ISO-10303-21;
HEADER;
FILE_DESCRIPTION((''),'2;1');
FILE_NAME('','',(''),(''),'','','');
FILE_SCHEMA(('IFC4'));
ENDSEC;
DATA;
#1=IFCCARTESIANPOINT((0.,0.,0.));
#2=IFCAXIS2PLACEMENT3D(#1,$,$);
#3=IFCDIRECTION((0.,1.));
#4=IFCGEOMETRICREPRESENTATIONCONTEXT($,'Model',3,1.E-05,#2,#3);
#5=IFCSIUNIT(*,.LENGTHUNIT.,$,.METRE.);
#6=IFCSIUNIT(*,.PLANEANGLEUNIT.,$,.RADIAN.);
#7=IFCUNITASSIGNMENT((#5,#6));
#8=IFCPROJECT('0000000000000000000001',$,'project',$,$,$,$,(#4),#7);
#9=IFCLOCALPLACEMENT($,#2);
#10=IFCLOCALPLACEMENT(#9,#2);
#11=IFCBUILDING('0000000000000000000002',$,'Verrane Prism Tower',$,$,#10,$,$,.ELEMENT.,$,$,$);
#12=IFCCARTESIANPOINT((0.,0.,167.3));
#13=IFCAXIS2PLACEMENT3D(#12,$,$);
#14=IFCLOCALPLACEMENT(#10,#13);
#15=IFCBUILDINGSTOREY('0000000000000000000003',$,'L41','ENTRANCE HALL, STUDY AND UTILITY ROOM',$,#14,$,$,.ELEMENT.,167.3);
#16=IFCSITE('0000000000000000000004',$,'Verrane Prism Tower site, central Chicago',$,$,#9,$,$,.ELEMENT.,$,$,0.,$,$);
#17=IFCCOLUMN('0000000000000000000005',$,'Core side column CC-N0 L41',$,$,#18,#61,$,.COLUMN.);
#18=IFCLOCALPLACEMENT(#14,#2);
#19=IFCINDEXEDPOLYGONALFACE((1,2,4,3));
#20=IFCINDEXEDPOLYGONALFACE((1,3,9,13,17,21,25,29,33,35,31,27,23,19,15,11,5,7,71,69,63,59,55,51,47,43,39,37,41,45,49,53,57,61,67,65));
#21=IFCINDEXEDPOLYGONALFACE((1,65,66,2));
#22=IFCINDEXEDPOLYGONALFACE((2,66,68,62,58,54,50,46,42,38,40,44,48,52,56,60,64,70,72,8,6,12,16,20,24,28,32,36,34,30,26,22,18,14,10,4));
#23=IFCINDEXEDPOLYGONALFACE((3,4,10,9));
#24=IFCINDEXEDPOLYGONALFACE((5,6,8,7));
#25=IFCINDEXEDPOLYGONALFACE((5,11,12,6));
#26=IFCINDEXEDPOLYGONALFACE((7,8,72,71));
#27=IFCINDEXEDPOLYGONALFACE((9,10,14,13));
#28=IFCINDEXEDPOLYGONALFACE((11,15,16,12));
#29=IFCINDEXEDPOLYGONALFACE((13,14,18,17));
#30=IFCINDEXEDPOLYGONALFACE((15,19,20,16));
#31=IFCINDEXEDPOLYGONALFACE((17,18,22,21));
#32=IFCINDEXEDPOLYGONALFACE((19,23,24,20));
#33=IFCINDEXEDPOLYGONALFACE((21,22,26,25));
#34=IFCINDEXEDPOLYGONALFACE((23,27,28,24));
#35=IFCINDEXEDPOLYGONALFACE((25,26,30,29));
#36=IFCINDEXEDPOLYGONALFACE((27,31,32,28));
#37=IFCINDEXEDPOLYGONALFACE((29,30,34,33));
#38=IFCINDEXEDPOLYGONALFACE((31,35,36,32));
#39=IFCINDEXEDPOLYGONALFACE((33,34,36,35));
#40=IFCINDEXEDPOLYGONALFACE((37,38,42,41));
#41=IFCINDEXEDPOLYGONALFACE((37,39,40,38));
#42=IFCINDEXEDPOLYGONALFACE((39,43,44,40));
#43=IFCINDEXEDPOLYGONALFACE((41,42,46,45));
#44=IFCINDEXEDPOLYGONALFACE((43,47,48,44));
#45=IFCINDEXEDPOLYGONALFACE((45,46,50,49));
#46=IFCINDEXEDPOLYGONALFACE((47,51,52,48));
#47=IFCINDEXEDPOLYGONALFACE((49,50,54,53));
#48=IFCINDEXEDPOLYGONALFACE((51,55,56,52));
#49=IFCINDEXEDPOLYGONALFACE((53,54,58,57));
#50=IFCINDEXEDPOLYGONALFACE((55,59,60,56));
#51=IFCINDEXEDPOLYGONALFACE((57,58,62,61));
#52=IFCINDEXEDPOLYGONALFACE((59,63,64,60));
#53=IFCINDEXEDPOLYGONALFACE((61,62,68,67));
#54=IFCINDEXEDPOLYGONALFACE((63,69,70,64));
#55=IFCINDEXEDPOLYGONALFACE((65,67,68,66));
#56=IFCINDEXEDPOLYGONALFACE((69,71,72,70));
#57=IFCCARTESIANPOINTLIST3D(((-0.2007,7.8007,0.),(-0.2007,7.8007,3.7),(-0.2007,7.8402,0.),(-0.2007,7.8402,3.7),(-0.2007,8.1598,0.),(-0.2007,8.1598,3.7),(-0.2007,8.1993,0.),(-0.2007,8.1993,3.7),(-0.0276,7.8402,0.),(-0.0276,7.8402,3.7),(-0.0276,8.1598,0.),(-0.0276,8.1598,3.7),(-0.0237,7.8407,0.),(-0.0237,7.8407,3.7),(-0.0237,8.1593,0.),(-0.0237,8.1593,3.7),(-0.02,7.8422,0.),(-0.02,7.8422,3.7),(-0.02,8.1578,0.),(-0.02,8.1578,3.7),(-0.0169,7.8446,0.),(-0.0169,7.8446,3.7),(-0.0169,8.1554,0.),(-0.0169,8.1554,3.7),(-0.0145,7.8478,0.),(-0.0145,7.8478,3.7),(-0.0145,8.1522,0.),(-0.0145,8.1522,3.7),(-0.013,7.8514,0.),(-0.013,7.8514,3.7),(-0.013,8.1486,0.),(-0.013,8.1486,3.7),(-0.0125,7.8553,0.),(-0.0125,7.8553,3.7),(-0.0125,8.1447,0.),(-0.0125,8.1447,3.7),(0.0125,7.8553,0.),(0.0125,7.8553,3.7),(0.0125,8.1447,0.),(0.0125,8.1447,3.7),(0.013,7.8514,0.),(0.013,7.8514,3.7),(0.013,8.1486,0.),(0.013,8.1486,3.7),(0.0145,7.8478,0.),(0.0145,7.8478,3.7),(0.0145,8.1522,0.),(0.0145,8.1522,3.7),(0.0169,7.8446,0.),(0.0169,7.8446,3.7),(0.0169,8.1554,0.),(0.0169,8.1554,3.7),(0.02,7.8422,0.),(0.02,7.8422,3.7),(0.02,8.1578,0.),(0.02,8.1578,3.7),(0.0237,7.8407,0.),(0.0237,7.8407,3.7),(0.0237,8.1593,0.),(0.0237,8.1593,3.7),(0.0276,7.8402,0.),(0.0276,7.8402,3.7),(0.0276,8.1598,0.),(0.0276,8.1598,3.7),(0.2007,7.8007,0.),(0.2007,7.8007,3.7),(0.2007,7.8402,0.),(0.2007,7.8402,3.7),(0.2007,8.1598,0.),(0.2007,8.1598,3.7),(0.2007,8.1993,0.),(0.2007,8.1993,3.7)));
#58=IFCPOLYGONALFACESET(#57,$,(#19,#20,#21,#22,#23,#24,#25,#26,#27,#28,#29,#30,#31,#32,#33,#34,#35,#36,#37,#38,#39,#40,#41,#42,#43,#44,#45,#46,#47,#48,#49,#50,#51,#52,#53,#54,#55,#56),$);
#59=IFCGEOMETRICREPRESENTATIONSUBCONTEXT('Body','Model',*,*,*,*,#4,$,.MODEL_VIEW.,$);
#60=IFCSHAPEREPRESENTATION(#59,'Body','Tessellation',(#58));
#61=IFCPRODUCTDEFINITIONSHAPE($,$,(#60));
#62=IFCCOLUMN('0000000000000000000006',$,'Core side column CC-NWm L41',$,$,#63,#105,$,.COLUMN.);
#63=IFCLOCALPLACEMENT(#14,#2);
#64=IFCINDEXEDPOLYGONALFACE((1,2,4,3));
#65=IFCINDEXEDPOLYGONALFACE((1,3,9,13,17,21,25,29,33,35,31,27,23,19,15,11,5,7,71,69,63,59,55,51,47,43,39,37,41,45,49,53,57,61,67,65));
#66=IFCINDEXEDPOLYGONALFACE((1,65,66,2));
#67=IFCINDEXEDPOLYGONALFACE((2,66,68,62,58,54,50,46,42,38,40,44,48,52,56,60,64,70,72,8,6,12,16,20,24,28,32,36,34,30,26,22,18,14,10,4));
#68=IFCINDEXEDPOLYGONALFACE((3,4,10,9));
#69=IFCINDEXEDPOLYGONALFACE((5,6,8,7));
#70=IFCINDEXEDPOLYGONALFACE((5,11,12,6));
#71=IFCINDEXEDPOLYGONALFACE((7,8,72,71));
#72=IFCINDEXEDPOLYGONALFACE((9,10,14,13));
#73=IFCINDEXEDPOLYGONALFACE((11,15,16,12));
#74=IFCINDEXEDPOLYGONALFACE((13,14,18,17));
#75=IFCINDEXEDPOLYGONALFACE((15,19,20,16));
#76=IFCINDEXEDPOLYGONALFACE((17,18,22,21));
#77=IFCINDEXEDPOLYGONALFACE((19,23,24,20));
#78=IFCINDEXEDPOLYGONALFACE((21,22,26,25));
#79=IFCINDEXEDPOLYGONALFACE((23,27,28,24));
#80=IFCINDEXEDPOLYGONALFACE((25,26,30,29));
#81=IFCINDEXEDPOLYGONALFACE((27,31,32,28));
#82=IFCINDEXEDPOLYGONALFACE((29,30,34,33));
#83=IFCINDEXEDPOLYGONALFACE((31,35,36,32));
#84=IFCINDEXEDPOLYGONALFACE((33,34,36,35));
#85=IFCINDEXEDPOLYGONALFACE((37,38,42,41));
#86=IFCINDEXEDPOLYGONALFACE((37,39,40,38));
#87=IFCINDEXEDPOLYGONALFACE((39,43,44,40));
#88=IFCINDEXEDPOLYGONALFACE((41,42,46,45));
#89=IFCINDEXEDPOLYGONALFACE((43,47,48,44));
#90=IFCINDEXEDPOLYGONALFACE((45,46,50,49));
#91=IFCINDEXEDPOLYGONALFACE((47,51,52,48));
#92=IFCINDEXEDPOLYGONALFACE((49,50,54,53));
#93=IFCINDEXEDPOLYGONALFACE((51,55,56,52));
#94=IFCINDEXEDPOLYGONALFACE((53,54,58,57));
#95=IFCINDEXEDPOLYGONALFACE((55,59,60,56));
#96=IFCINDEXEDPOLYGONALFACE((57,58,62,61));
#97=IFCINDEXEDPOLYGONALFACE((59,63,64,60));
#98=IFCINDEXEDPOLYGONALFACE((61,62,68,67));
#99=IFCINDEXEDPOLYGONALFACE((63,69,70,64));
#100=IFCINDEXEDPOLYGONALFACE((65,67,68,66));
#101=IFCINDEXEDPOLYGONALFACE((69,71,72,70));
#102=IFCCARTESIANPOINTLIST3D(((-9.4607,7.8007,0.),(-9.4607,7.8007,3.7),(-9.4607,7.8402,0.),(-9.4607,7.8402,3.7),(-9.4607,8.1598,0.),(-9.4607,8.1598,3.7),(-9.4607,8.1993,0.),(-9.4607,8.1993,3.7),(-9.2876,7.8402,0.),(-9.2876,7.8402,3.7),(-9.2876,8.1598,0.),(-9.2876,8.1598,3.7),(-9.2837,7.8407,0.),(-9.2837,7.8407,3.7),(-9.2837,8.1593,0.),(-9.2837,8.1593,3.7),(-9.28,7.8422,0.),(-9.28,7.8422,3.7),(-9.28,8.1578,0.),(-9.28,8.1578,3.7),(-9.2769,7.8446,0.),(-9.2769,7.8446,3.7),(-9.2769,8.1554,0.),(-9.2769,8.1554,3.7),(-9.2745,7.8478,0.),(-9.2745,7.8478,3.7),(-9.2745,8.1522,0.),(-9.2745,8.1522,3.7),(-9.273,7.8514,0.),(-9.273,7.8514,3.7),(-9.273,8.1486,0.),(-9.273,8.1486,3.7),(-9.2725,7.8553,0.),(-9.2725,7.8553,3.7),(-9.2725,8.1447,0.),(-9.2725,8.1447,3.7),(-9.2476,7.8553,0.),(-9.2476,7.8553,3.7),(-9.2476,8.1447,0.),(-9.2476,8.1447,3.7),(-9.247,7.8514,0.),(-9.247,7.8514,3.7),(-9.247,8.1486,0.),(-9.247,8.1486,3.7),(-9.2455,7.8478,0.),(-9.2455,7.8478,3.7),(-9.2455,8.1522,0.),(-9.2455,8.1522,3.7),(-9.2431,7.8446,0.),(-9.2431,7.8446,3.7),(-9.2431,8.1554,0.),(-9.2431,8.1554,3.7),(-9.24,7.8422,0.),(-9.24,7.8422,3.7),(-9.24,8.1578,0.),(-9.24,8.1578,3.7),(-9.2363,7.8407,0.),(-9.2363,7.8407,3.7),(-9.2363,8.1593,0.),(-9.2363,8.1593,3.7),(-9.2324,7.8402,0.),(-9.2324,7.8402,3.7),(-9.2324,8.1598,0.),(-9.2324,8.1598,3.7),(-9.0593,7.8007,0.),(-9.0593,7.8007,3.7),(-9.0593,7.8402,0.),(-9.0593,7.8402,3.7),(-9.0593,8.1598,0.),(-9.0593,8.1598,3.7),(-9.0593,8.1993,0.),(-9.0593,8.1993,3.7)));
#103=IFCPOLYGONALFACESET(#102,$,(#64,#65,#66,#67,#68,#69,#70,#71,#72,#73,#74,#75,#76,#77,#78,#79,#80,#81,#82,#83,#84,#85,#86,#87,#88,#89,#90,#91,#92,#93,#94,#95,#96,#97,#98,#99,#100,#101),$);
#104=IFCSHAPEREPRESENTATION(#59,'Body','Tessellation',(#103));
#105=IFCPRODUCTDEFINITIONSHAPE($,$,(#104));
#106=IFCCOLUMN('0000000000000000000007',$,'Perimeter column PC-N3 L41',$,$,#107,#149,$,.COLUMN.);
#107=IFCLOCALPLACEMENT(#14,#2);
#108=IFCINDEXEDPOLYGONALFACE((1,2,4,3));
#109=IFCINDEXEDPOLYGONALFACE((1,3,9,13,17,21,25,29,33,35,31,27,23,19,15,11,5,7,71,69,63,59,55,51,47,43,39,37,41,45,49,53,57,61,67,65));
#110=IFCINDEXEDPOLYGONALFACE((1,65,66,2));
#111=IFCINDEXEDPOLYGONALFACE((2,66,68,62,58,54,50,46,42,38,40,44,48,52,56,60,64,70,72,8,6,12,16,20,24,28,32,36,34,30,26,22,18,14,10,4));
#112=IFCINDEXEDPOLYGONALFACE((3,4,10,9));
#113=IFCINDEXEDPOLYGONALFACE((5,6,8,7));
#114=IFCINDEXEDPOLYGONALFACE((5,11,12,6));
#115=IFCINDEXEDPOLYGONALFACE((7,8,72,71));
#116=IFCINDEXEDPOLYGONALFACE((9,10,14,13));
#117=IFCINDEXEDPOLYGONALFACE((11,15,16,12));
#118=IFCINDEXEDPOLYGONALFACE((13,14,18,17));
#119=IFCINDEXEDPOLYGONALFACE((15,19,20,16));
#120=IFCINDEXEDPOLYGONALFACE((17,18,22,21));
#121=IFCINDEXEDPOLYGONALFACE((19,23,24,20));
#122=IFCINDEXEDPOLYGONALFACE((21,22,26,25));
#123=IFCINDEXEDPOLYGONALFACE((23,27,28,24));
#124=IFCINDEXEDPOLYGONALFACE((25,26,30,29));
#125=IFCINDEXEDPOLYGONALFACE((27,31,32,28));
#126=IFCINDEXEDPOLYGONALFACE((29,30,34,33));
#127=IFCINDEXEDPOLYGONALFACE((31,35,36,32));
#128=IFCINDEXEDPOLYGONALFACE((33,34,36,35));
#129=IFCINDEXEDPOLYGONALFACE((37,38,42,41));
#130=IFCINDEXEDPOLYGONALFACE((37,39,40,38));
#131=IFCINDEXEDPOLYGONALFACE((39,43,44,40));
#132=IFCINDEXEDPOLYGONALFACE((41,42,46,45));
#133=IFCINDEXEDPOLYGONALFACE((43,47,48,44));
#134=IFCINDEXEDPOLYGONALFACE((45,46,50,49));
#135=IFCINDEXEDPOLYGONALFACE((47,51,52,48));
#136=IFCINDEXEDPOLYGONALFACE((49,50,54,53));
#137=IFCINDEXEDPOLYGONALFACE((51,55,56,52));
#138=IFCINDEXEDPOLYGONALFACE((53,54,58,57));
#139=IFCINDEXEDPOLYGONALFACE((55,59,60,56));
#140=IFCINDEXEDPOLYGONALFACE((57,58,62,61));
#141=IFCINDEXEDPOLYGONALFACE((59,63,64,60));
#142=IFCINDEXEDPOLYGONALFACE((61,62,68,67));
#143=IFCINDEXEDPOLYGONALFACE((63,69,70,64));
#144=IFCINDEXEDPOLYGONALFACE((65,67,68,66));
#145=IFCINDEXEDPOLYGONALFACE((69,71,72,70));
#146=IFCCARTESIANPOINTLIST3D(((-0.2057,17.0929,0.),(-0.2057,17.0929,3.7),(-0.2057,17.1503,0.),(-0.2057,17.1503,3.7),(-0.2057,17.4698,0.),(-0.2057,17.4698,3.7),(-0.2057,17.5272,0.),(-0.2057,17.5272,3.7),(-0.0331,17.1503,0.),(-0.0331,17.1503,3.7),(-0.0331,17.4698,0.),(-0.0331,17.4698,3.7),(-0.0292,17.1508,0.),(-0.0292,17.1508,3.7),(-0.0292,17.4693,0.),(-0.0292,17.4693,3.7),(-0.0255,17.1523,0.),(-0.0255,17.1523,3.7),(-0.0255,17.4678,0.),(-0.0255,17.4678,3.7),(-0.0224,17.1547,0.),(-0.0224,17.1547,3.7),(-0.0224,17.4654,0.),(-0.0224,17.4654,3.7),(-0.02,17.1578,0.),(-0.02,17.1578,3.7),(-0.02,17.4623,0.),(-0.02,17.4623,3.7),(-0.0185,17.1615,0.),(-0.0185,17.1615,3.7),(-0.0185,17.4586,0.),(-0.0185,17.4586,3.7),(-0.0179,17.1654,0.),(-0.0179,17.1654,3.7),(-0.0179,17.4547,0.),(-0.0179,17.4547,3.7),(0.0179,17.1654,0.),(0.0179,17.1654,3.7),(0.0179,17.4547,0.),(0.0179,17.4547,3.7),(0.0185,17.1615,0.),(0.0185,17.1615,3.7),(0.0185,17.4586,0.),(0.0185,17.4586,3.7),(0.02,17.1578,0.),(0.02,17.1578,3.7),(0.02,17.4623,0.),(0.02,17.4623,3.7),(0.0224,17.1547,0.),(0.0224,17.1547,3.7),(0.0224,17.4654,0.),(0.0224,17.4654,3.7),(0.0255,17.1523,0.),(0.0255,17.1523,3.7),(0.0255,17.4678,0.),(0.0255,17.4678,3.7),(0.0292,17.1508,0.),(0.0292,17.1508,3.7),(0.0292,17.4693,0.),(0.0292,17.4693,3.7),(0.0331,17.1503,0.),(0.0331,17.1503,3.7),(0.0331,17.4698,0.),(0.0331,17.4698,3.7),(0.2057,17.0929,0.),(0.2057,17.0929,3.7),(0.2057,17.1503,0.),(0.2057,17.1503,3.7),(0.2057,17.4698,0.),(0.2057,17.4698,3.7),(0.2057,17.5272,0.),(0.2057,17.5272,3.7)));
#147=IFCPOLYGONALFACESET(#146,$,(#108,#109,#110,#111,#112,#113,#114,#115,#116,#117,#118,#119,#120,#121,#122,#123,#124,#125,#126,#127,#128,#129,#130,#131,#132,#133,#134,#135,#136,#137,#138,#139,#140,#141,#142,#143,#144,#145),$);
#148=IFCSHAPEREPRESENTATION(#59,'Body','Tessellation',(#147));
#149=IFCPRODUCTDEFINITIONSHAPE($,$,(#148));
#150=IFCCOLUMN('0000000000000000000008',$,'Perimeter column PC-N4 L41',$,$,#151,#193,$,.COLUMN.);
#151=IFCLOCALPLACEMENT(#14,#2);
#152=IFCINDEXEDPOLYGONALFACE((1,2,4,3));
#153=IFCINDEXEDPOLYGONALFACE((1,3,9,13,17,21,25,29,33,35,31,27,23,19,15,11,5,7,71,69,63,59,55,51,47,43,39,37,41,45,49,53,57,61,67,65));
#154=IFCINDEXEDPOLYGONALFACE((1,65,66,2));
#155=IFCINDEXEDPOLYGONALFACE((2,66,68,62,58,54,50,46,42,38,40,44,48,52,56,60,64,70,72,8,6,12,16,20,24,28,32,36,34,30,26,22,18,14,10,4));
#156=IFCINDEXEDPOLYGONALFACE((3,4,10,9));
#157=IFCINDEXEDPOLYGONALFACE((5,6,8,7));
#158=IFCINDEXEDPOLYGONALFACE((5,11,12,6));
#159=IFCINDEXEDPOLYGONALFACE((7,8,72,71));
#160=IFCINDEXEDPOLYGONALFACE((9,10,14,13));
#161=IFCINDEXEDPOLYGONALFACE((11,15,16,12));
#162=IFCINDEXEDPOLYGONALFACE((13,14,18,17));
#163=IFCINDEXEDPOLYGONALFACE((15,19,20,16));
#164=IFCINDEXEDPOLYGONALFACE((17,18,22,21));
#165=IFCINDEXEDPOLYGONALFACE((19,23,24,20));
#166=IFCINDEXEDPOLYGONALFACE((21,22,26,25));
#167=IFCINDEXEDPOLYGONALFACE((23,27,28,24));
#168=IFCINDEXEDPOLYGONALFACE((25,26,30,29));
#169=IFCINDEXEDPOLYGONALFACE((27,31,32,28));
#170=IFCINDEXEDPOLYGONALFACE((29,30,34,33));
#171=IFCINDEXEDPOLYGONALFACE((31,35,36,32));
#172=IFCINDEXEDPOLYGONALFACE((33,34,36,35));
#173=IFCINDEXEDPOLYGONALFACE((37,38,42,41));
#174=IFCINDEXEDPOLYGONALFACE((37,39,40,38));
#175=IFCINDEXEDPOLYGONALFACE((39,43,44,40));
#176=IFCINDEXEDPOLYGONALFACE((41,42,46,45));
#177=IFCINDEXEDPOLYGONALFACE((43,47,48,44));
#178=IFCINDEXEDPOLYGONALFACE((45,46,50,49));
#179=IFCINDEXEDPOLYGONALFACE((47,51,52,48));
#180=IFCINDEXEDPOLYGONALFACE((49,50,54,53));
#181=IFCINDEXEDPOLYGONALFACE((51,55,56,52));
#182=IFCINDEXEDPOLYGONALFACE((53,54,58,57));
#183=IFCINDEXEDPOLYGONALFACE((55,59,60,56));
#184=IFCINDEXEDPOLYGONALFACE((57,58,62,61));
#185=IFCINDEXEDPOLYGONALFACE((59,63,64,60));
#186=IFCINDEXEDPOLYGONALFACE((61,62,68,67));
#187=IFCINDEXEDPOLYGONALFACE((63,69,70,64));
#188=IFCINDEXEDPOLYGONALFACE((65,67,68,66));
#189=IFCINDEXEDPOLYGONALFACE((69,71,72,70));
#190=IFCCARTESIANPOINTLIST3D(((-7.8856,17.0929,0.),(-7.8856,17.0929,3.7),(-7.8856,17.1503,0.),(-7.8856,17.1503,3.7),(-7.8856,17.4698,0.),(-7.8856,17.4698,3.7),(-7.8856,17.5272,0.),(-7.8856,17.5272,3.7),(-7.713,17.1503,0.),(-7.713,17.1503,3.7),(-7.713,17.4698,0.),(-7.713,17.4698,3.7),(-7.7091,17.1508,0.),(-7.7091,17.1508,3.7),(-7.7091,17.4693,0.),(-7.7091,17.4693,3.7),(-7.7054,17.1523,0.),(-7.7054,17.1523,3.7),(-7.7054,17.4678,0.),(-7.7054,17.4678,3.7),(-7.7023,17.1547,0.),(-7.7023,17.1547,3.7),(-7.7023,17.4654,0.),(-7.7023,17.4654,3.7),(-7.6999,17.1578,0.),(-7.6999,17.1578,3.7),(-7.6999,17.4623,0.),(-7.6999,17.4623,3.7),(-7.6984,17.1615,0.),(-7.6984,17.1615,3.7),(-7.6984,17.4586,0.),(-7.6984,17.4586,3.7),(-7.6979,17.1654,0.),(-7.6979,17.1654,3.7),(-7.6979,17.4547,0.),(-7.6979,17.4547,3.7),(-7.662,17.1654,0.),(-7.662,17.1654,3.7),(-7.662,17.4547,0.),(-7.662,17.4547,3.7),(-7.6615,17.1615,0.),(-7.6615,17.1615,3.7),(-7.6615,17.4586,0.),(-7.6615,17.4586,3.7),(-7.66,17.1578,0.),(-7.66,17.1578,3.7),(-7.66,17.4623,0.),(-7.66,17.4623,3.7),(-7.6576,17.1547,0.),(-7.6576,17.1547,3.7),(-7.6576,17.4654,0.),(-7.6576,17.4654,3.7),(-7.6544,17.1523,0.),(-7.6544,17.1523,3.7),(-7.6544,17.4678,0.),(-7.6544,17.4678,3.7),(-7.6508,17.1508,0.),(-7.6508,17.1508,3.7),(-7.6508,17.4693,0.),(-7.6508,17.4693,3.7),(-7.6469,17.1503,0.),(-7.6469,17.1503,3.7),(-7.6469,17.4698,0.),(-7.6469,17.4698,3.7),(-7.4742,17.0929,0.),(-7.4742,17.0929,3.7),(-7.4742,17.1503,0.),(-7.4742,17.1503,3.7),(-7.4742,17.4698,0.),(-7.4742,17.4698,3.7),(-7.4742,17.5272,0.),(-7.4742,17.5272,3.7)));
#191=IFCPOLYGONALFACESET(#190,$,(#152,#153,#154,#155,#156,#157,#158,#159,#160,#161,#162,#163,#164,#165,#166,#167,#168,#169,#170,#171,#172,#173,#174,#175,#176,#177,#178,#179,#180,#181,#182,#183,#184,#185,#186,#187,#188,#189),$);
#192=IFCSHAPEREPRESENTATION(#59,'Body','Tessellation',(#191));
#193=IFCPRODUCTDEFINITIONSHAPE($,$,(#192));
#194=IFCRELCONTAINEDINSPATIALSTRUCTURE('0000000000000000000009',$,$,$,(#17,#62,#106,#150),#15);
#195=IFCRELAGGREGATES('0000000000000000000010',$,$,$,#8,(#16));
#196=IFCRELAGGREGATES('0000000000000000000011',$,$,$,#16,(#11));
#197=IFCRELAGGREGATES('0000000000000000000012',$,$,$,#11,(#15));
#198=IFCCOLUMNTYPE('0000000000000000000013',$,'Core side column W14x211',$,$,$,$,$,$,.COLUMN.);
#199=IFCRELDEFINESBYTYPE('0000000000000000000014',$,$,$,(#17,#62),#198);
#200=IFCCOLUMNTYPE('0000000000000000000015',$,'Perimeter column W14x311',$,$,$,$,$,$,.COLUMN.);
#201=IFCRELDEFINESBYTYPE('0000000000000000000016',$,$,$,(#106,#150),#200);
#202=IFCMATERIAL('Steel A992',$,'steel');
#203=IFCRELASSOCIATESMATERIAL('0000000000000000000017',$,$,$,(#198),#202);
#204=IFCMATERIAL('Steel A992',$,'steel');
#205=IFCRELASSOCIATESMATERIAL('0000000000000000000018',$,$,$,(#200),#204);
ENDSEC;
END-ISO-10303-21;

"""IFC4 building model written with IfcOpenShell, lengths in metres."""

from ifc_helpers import new_model, si_unit, direction, frame, origin, origin_2d, place, context, subcontext, project, spatial, i_section, extrude, material, material_profile, profile_set, type_object, element, save


model = new_model("IFC4")

# Units and contexts
model_context = context("Model", 3, precision=1e-05, world=origin(), true_north=direction((0.0, 1.0)))
body_context = subcontext(model_context, "Body", "Model", "MODEL_VIEW")
ifc_project = project(units=[si_unit("LENGTHUNIT", "METRE"), si_unit("PLANEANGLEUNIT", "RADIAN")], contexts=[model_context])

# Site, building, storey
site_placement = place(None, origin())
site = spatial("IfcSite", under=ifc_project, at=site_placement, Name="Verrane Prism Tower site, central Chicago", CompositionType="ELEMENT", RefElevation=0.0)
building_placement = place(site_placement, origin())
building = spatial("IfcBuilding", under=site, at=building_placement, Name="Verrane Prism Tower", CompositionType="ELEMENT")
storey_placement = place(building_placement, frame((0.0, 0.0, 167.3)))
storey = spatial("IfcBuildingStorey", under=building, at=storey_placement, Name="L41", Description="ENTRANCE HALL, STUDY AND UTILITY ROOM", CompositionType="ELEMENT", Elevation=167.3)

# Columns
ifc_material_1 = material(Name="Steel A992", Category="steel")
ifc_material_profile_1 = material_profile(ifc_material_1, i_section(OverallWidth=0.4014, OverallDepth=0.3987, WebThickness=0.0249, FlangeThickness=0.0396, FilletRadius=0.0151, at=origin_2d()), Name="W14x211")
ifc_profile_set_1 = profile_set([ifc_material_profile_1], Name="Steel A992")
column_type_1 = type_object("IfcColumnType", Name="Core side column W14x211", PredefinedType="COLUMN", material=ifc_profile_set_1)
for number, where, z_axis, x_axis, name in (
    (1, (0.0, 8.0, 0.0), (0.0, 0.0, 1.0), (1.0, 0.0, 0.0), "Core side column CC-N0 L41"),
    (2, (-9.26, 8.0, 0.0), (0.0, 0.0, 1.0), (1.0, 0.0, 0.0), "Core side column CC-NWm L41"),
):
    element("IfcColumn", number, at=place(storey_placement, frame(where, z_axis=z_axis, x_axis=x_axis)), inside=storey, type_object=column_type_1, Name=name, PredefinedType="COLUMN", context=body_context, shape_type="SweptSolid", body=[
        extrude(i_section(OverallWidth=0.4014, OverallDepth=0.3987, WebThickness=0.0249, FlangeThickness=0.0396, FilletRadius=0.0151, at=origin_2d()), origin(), (0.0, 0.0, 1.0), 3.7),
    ])
ifc_material_2 = material(Name="Steel A992", Category="steel")
ifc_material_profile_2 = material_profile(ifc_material_2, i_section(OverallWidth=0.4114, OverallDepth=0.4343, WebThickness=0.0359, FlangeThickness=0.0574, FilletRadius=0.0151, at=origin_2d()), Name="W14x311")
ifc_profile_set_2 = profile_set([ifc_material_profile_2], Name="Steel A992")
column_type_2 = type_object("IfcColumnType", Name="Perimeter column W14x311", PredefinedType="COLUMN", material=ifc_profile_set_2)
for number, where, z_axis, x_axis, name in (
    (3, (0.0, 17.3101, 0.0), (0.0, 0.0, 1.0), (1.0, 0.0, 0.0), "Perimeter column PC-N3 L41"),
    (4, (-7.6799, 17.3101, 0.0), (0.0, 0.0, 1.0), (1.0, 0.0, 0.0), "Perimeter column PC-N4 L41"),
):
    element("IfcColumn", number, at=place(storey_placement, frame(where, z_axis=z_axis, x_axis=x_axis)), inside=storey, type_object=column_type_2, Name=name, PredefinedType="COLUMN", context=body_context, shape_type="SweptSolid", body=[
        extrude(i_section(OverallWidth=0.4114, OverallDepth=0.4343, WebThickness=0.0359, FlangeThickness=0.0574, FilletRadius=0.0151, at=origin_2d()), origin(), (0.0, 0.0, 1.0), 3.7),
    ])

save(model, "model.ifc")
